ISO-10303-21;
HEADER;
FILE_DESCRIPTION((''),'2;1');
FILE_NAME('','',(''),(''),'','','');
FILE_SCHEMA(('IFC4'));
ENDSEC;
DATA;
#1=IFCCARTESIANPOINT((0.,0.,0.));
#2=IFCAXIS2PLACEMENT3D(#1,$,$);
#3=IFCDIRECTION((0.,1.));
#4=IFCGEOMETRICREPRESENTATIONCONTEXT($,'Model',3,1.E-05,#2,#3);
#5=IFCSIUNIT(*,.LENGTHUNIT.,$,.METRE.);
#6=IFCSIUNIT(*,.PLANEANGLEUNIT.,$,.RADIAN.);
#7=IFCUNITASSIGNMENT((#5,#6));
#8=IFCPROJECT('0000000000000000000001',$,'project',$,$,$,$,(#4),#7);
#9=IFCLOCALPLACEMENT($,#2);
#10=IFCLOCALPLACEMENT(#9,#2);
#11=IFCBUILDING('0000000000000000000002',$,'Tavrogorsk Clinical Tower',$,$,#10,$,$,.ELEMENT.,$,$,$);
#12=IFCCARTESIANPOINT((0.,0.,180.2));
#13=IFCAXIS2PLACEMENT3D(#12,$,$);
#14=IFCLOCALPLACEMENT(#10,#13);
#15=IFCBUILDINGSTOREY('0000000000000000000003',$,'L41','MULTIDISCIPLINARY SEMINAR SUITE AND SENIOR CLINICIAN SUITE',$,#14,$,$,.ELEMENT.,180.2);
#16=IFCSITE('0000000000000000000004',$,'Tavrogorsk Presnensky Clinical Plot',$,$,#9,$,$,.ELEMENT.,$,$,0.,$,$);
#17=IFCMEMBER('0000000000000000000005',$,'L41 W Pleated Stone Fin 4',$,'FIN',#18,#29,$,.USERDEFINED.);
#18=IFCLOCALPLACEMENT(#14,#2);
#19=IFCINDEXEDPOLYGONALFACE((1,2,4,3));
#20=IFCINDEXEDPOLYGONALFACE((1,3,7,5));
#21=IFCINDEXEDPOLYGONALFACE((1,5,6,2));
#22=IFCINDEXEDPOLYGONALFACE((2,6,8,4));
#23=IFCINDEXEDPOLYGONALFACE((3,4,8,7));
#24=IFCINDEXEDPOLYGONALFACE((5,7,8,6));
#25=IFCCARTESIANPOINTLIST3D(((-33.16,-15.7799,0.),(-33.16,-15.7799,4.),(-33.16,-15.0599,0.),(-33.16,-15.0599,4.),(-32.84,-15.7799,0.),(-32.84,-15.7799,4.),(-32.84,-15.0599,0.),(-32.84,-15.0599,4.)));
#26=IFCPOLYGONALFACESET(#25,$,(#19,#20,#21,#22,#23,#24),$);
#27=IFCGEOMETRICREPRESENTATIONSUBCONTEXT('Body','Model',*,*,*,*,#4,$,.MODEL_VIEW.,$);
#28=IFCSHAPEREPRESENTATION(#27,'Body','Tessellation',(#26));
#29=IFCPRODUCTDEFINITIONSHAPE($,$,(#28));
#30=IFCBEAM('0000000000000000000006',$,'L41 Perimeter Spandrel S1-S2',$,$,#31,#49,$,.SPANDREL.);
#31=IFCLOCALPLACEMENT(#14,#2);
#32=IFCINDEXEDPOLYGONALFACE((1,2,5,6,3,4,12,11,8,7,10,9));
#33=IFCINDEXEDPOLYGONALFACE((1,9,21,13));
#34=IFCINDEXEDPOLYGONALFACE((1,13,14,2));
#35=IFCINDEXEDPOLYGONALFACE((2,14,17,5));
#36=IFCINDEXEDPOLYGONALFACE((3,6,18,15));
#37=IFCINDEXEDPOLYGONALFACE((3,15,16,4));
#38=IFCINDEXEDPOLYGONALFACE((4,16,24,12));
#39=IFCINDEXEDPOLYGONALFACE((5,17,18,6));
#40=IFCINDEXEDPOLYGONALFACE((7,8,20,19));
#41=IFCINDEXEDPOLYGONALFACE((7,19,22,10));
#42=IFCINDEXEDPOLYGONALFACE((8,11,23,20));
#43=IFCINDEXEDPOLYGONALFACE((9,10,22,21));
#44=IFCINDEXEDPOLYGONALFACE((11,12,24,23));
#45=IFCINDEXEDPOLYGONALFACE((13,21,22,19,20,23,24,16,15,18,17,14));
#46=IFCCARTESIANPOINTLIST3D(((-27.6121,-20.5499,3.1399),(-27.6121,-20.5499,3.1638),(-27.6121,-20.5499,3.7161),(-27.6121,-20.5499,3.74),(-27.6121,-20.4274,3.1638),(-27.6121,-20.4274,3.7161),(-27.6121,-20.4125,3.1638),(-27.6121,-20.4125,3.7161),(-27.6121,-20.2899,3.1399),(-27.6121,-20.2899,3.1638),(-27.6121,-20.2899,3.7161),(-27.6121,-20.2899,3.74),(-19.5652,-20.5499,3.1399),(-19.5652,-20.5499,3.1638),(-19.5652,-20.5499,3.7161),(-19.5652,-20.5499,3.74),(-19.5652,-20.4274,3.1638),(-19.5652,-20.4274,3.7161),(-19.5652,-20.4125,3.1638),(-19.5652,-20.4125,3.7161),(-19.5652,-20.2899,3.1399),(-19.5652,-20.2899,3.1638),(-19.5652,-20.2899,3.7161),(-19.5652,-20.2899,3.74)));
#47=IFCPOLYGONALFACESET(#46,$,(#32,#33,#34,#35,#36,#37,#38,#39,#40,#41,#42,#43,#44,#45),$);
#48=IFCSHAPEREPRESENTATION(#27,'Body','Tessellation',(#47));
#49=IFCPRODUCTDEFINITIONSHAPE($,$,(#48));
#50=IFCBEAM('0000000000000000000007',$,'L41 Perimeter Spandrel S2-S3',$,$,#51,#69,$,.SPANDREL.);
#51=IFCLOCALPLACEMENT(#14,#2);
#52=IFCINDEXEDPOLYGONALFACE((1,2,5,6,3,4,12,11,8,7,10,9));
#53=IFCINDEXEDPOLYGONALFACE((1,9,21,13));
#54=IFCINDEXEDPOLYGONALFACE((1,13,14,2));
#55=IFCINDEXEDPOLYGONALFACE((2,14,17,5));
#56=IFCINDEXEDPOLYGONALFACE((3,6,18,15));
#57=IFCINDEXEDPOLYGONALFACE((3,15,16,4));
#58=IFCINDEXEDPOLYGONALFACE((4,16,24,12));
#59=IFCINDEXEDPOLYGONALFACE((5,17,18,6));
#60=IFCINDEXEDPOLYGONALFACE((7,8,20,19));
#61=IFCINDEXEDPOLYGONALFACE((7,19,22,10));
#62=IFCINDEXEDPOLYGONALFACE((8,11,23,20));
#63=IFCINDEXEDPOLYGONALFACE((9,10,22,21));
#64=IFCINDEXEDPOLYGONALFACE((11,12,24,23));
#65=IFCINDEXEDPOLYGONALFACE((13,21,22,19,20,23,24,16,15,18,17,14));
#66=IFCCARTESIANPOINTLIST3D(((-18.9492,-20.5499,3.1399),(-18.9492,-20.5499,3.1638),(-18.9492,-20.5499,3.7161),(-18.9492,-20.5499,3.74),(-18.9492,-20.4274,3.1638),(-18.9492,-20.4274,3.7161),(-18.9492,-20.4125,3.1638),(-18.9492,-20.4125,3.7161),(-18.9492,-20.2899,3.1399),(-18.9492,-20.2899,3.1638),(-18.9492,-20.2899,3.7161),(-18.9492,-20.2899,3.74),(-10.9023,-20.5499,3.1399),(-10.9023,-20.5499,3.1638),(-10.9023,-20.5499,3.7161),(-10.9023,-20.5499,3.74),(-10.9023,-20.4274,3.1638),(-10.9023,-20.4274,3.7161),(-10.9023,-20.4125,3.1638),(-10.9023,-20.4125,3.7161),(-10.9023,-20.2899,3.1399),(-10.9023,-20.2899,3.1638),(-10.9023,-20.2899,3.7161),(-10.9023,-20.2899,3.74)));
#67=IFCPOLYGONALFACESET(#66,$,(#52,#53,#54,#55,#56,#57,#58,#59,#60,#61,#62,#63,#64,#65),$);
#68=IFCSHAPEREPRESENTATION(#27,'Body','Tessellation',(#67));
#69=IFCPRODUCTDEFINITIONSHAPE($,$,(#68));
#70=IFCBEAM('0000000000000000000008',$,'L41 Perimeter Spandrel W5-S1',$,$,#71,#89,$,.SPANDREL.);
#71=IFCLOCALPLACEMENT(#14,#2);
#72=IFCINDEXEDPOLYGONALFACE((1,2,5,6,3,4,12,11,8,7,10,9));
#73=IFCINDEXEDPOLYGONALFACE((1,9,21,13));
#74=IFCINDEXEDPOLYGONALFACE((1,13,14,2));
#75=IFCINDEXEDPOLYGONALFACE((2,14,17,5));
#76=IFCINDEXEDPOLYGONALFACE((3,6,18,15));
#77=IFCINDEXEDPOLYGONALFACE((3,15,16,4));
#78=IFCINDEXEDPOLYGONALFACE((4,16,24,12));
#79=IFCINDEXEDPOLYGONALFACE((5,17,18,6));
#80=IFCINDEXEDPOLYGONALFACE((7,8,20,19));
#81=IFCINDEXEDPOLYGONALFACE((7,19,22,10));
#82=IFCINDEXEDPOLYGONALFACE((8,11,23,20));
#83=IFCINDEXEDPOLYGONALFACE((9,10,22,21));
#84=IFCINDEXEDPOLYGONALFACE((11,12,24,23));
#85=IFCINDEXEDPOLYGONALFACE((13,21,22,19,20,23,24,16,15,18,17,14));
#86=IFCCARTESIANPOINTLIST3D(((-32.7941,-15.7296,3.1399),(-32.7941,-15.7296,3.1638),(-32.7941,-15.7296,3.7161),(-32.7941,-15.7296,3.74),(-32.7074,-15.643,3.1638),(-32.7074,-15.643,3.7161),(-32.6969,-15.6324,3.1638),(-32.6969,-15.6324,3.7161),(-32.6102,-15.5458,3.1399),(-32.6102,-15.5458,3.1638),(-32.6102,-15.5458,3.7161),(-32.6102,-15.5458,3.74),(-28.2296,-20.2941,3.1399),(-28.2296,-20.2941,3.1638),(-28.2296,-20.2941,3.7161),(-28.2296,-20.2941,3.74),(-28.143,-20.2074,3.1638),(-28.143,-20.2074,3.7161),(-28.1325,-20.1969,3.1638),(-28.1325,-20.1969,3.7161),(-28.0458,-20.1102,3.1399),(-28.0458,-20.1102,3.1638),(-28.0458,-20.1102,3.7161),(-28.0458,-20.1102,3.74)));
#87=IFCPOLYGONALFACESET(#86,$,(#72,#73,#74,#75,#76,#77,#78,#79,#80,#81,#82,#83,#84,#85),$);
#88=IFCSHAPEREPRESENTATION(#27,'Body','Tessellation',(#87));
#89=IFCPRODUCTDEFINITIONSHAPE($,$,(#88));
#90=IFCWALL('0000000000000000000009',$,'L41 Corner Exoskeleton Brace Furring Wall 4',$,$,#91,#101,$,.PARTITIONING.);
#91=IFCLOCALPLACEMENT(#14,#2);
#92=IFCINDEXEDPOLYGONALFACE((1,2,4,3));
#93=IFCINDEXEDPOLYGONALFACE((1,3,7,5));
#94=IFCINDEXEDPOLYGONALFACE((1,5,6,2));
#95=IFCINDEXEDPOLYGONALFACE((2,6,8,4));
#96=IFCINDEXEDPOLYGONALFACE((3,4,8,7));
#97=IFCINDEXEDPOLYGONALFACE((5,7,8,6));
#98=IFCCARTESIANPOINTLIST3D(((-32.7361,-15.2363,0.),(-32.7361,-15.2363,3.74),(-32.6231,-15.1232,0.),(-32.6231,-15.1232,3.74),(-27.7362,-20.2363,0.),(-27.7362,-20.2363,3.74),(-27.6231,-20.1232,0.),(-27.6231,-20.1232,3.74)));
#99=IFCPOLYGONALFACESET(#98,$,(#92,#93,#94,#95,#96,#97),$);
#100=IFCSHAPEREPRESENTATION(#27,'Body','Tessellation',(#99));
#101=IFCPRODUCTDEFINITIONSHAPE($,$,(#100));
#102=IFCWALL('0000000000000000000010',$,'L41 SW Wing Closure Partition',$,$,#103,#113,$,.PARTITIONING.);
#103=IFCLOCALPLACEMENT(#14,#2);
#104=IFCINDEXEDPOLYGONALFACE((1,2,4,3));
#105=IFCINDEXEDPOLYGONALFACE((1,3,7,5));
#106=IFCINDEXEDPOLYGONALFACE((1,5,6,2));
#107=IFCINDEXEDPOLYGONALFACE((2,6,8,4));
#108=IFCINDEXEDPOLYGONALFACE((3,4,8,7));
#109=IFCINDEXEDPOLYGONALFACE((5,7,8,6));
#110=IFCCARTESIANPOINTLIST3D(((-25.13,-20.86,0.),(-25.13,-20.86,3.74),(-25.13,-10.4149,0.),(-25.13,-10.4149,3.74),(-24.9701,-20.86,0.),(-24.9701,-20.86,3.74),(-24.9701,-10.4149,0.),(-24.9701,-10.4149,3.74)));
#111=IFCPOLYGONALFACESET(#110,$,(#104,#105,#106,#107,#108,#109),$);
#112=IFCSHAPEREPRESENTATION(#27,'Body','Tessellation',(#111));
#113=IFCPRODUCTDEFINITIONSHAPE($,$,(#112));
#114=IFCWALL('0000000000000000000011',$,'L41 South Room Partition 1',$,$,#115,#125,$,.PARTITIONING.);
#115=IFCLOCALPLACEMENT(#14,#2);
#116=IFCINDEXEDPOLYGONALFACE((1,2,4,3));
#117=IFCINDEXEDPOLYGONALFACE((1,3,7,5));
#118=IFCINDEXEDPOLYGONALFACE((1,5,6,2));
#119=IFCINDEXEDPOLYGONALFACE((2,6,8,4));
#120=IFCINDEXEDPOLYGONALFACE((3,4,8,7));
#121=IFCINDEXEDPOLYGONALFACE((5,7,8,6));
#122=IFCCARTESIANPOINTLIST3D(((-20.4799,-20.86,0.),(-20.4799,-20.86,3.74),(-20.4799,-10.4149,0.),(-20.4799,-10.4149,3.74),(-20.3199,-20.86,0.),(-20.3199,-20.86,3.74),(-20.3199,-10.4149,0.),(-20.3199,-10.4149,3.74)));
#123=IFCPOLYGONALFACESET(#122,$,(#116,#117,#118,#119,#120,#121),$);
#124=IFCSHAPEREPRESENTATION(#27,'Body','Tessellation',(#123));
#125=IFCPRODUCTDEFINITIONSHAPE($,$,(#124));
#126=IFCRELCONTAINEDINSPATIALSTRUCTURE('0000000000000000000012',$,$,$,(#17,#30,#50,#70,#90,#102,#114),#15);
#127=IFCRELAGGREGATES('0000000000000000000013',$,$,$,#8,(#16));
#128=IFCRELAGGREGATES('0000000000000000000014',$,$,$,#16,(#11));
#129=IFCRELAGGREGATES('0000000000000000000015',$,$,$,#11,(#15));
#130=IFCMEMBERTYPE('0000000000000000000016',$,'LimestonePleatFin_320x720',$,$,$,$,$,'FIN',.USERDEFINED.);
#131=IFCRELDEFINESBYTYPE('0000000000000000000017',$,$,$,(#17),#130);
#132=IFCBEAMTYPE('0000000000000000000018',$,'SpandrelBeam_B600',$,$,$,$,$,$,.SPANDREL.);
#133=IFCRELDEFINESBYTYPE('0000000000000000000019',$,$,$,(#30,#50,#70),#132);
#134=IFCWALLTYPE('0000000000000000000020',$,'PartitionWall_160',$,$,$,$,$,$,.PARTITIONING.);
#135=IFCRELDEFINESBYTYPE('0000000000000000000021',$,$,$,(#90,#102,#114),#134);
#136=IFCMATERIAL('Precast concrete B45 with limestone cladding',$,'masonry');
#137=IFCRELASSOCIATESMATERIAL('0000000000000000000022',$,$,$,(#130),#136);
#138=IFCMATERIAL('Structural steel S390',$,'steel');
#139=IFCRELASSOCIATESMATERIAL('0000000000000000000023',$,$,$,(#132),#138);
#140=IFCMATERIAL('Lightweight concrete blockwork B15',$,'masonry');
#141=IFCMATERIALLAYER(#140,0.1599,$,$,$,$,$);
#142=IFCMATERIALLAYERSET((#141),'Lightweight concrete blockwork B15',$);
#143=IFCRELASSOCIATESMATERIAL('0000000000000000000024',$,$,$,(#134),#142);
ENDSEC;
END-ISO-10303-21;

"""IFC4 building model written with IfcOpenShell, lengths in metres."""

from ifc_helpers import new_model, si_unit, direction, frame, frame_2d, origin, origin_2d, place, context, subcontext, project, spatial, rectangle, i_section, extrude, material, layer, layer_set, material_profile, profile_set, type_object, element, save


model = new_model("IFC4")

# Units and contexts
model_context = context("Model", 3, precision=1e-05, world=origin(), true_north=direction((0.0, 1.0)))
body_context = subcontext(model_context, "Body", "Model", "MODEL_VIEW")
ifc_project = project(units=[si_unit("LENGTHUNIT", "METRE"), si_unit("PLANEANGLEUNIT", "RADIAN")], contexts=[model_context])

# Site, building, storey
site_placement = place(None, origin())
site = spatial("IfcSite", under=ifc_project, at=site_placement, Name="Tavrogorsk Presnensky Clinical Plot", CompositionType="ELEMENT", RefElevation=0.0)
building_placement = place(site_placement, origin())
building = spatial("IfcBuilding", under=site, at=building_placement, Name="Tavrogorsk Clinical Tower", CompositionType="ELEMENT")
storey_placement = place(building_placement, frame((0.0, 0.0, 180.2)))
storey = spatial("IfcBuildingStorey", under=building, at=storey_placement, Name="L41", Description="MULTIDISCIPLINARY SEMINAR SUITE AND SENIOR CLINICIAN SUITE", CompositionType="ELEMENT", Elevation=180.2)

# Member
ifc_material_1 = material(Name="Precast concrete B45 with limestone cladding", Category="masonry")
ifc_material_profile_1 = material_profile(ifc_material_1, rectangle(XDim=0.3201, YDim=0.72, at=origin_2d()), Name="LIMESTONE-FIN-320x720")
ifc_profile_set_1 = profile_set([ifc_material_profile_1], Name="Precast concrete B45 with limestone cladding")
member_type_1 = type_object("IfcMemberType", Name="LimestonePleatFin_320x720", ElementType="FIN", PredefinedType="USERDEFINED", material=ifc_profile_set_1)
member_1_placement = place(storey_placement, frame((-33.0, -15.4199, 0.0), z_axis=(0.0, 0.0, 1.0), x_axis=(1.0, 0.0, 0.0)))
element("IfcMember", 1, at=member_1_placement, inside=storey, type_object=member_type_1, Name="L41 W Pleated Stone Fin 4", ObjectType="FIN", PredefinedType="USERDEFINED", context=body_context, shape_type="SweptSolid", body=[
    extrude(rectangle(XDim=0.3201, YDim=0.72, at=origin_2d()), origin(), (0.0, 0.0, 1.0), 4.0),
])

# Beams
ifc_material_2 = material(Name="Structural steel S390", Category="steel")
ifc_material_profile_2 = material_profile(ifc_material_2, i_section(OverallWidth=0.26, OverallDepth=0.6001, WebThickness=0.0149, FlangeThickness=0.0239, at=origin_2d()), Name="B-600x260x15x24")
ifc_profile_set_2 = profile_set([ifc_material_profile_2], Name="Structural steel S390")
beam_type_1 = type_object("IfcBeamType", Name="SpandrelBeam_B600", PredefinedType="SPANDREL", material=ifc_profile_set_2)
for number, where, z_axis, x_axis, name in (
    (2, (-27.6121, -20.4199, 3.4399), (1.0, 0.0, 0.0), (0.0, 1.0, 0.0), "L41 Perimeter Spandrel S1-S2"),
    (3, (-18.9492, -20.4199, 3.4399), (1.0, 0.0, 0.0), (0.0, 1.0, 0.0), "L41 Perimeter Spandrel S2-S3"),
):
    element("IfcBeam", number, at=place(storey_placement, frame(where, z_axis=z_axis, x_axis=x_axis)), inside=storey, type_object=beam_type_1, Name=name, PredefinedType="SPANDREL", context=body_context, shape_type="SweptSolid", body=[
        extrude(i_section(OverallWidth=0.26, OverallDepth=0.6001, WebThickness=0.0149, FlangeThickness=0.0239, at=origin_2d()), origin(), (0.0, 0.0, 1.0), 8.0469),
    ])
beam_1_placement = place(storey_placement, frame((-32.7021, -15.6377, 3.4399), z_axis=(0.707107, -0.707107, 0.0), x_axis=(0.707107, 0.707107, 0.0)))
element("IfcBeam", 4, at=beam_1_placement, inside=storey, type_object=beam_type_1, Name="L41 Perimeter Spandrel W5-S1", PredefinedType="SPANDREL", context=body_context, shape_type="SweptSolid", body=[
    extrude(i_section(OverallWidth=0.26, OverallDepth=0.6001, WebThickness=0.0149, FlangeThickness=0.0239, at=origin_2d()), origin(), (0.0, 0.0, 1.0), 6.4551),
])

# Walls
ifc_material_3 = material(Name="Lightweight concrete blockwork B15", Category="masonry")
ifc_layer_1 = layer(ifc_material_3, 0.1599)
ifc_layer_set_1 = layer_set([ifc_layer_1], Name="Lightweight concrete blockwork B15")
wall_type_1 = type_object("IfcWallType", Name="PartitionWall_160", PredefinedType="PARTITIONING", material=ifc_layer_set_1)
wall_1_placement = place(storey_placement, frame((-32.6797, -15.1797, 0.0), z_axis=(0.0, 0.0, 1.0), x_axis=(0.707107, -0.707107, 0.0)))
element("IfcWall", 5, at=wall_1_placement, inside=storey, type_object=wall_type_1, Name="L41 Corner Exoskeleton Brace Furring Wall 4", PredefinedType="PARTITIONING", context=body_context, shape_type="SweptSolid", body=[
    extrude(rectangle(XDim=7.071, YDim=0.1599, at=frame_2d((3.5356, 0.0))), origin(), (0.0, 0.0, 1.0), 3.74),
])
for number, where, z_axis, x_axis, name in (
    (6, (-25.05, -20.8601, 0.0), (0.0, 0.0, 1.0), (0.0, 1.0, 0.0), "L41 SW Wing Closure Partition"),
    (7, (-20.3999, -20.8601, 0.0), (0.0, 0.0, 1.0), (0.0, 1.0, 0.0), "L41 South Room Partition 1"),
):
    element("IfcWall", number, at=place(storey_placement, frame(where, z_axis=z_axis, x_axis=x_axis)), inside=storey, type_object=wall_type_1, Name=name, PredefinedType="PARTITIONING", context=body_context, shape_type="SweptSolid", body=[
        extrude(rectangle(XDim=10.4451, YDim=0.1599, at=frame_2d((5.2227, 0.0))), origin(), (0.0, 0.0, 1.0), 3.74),
    ])

save(model, "model.ifc")
